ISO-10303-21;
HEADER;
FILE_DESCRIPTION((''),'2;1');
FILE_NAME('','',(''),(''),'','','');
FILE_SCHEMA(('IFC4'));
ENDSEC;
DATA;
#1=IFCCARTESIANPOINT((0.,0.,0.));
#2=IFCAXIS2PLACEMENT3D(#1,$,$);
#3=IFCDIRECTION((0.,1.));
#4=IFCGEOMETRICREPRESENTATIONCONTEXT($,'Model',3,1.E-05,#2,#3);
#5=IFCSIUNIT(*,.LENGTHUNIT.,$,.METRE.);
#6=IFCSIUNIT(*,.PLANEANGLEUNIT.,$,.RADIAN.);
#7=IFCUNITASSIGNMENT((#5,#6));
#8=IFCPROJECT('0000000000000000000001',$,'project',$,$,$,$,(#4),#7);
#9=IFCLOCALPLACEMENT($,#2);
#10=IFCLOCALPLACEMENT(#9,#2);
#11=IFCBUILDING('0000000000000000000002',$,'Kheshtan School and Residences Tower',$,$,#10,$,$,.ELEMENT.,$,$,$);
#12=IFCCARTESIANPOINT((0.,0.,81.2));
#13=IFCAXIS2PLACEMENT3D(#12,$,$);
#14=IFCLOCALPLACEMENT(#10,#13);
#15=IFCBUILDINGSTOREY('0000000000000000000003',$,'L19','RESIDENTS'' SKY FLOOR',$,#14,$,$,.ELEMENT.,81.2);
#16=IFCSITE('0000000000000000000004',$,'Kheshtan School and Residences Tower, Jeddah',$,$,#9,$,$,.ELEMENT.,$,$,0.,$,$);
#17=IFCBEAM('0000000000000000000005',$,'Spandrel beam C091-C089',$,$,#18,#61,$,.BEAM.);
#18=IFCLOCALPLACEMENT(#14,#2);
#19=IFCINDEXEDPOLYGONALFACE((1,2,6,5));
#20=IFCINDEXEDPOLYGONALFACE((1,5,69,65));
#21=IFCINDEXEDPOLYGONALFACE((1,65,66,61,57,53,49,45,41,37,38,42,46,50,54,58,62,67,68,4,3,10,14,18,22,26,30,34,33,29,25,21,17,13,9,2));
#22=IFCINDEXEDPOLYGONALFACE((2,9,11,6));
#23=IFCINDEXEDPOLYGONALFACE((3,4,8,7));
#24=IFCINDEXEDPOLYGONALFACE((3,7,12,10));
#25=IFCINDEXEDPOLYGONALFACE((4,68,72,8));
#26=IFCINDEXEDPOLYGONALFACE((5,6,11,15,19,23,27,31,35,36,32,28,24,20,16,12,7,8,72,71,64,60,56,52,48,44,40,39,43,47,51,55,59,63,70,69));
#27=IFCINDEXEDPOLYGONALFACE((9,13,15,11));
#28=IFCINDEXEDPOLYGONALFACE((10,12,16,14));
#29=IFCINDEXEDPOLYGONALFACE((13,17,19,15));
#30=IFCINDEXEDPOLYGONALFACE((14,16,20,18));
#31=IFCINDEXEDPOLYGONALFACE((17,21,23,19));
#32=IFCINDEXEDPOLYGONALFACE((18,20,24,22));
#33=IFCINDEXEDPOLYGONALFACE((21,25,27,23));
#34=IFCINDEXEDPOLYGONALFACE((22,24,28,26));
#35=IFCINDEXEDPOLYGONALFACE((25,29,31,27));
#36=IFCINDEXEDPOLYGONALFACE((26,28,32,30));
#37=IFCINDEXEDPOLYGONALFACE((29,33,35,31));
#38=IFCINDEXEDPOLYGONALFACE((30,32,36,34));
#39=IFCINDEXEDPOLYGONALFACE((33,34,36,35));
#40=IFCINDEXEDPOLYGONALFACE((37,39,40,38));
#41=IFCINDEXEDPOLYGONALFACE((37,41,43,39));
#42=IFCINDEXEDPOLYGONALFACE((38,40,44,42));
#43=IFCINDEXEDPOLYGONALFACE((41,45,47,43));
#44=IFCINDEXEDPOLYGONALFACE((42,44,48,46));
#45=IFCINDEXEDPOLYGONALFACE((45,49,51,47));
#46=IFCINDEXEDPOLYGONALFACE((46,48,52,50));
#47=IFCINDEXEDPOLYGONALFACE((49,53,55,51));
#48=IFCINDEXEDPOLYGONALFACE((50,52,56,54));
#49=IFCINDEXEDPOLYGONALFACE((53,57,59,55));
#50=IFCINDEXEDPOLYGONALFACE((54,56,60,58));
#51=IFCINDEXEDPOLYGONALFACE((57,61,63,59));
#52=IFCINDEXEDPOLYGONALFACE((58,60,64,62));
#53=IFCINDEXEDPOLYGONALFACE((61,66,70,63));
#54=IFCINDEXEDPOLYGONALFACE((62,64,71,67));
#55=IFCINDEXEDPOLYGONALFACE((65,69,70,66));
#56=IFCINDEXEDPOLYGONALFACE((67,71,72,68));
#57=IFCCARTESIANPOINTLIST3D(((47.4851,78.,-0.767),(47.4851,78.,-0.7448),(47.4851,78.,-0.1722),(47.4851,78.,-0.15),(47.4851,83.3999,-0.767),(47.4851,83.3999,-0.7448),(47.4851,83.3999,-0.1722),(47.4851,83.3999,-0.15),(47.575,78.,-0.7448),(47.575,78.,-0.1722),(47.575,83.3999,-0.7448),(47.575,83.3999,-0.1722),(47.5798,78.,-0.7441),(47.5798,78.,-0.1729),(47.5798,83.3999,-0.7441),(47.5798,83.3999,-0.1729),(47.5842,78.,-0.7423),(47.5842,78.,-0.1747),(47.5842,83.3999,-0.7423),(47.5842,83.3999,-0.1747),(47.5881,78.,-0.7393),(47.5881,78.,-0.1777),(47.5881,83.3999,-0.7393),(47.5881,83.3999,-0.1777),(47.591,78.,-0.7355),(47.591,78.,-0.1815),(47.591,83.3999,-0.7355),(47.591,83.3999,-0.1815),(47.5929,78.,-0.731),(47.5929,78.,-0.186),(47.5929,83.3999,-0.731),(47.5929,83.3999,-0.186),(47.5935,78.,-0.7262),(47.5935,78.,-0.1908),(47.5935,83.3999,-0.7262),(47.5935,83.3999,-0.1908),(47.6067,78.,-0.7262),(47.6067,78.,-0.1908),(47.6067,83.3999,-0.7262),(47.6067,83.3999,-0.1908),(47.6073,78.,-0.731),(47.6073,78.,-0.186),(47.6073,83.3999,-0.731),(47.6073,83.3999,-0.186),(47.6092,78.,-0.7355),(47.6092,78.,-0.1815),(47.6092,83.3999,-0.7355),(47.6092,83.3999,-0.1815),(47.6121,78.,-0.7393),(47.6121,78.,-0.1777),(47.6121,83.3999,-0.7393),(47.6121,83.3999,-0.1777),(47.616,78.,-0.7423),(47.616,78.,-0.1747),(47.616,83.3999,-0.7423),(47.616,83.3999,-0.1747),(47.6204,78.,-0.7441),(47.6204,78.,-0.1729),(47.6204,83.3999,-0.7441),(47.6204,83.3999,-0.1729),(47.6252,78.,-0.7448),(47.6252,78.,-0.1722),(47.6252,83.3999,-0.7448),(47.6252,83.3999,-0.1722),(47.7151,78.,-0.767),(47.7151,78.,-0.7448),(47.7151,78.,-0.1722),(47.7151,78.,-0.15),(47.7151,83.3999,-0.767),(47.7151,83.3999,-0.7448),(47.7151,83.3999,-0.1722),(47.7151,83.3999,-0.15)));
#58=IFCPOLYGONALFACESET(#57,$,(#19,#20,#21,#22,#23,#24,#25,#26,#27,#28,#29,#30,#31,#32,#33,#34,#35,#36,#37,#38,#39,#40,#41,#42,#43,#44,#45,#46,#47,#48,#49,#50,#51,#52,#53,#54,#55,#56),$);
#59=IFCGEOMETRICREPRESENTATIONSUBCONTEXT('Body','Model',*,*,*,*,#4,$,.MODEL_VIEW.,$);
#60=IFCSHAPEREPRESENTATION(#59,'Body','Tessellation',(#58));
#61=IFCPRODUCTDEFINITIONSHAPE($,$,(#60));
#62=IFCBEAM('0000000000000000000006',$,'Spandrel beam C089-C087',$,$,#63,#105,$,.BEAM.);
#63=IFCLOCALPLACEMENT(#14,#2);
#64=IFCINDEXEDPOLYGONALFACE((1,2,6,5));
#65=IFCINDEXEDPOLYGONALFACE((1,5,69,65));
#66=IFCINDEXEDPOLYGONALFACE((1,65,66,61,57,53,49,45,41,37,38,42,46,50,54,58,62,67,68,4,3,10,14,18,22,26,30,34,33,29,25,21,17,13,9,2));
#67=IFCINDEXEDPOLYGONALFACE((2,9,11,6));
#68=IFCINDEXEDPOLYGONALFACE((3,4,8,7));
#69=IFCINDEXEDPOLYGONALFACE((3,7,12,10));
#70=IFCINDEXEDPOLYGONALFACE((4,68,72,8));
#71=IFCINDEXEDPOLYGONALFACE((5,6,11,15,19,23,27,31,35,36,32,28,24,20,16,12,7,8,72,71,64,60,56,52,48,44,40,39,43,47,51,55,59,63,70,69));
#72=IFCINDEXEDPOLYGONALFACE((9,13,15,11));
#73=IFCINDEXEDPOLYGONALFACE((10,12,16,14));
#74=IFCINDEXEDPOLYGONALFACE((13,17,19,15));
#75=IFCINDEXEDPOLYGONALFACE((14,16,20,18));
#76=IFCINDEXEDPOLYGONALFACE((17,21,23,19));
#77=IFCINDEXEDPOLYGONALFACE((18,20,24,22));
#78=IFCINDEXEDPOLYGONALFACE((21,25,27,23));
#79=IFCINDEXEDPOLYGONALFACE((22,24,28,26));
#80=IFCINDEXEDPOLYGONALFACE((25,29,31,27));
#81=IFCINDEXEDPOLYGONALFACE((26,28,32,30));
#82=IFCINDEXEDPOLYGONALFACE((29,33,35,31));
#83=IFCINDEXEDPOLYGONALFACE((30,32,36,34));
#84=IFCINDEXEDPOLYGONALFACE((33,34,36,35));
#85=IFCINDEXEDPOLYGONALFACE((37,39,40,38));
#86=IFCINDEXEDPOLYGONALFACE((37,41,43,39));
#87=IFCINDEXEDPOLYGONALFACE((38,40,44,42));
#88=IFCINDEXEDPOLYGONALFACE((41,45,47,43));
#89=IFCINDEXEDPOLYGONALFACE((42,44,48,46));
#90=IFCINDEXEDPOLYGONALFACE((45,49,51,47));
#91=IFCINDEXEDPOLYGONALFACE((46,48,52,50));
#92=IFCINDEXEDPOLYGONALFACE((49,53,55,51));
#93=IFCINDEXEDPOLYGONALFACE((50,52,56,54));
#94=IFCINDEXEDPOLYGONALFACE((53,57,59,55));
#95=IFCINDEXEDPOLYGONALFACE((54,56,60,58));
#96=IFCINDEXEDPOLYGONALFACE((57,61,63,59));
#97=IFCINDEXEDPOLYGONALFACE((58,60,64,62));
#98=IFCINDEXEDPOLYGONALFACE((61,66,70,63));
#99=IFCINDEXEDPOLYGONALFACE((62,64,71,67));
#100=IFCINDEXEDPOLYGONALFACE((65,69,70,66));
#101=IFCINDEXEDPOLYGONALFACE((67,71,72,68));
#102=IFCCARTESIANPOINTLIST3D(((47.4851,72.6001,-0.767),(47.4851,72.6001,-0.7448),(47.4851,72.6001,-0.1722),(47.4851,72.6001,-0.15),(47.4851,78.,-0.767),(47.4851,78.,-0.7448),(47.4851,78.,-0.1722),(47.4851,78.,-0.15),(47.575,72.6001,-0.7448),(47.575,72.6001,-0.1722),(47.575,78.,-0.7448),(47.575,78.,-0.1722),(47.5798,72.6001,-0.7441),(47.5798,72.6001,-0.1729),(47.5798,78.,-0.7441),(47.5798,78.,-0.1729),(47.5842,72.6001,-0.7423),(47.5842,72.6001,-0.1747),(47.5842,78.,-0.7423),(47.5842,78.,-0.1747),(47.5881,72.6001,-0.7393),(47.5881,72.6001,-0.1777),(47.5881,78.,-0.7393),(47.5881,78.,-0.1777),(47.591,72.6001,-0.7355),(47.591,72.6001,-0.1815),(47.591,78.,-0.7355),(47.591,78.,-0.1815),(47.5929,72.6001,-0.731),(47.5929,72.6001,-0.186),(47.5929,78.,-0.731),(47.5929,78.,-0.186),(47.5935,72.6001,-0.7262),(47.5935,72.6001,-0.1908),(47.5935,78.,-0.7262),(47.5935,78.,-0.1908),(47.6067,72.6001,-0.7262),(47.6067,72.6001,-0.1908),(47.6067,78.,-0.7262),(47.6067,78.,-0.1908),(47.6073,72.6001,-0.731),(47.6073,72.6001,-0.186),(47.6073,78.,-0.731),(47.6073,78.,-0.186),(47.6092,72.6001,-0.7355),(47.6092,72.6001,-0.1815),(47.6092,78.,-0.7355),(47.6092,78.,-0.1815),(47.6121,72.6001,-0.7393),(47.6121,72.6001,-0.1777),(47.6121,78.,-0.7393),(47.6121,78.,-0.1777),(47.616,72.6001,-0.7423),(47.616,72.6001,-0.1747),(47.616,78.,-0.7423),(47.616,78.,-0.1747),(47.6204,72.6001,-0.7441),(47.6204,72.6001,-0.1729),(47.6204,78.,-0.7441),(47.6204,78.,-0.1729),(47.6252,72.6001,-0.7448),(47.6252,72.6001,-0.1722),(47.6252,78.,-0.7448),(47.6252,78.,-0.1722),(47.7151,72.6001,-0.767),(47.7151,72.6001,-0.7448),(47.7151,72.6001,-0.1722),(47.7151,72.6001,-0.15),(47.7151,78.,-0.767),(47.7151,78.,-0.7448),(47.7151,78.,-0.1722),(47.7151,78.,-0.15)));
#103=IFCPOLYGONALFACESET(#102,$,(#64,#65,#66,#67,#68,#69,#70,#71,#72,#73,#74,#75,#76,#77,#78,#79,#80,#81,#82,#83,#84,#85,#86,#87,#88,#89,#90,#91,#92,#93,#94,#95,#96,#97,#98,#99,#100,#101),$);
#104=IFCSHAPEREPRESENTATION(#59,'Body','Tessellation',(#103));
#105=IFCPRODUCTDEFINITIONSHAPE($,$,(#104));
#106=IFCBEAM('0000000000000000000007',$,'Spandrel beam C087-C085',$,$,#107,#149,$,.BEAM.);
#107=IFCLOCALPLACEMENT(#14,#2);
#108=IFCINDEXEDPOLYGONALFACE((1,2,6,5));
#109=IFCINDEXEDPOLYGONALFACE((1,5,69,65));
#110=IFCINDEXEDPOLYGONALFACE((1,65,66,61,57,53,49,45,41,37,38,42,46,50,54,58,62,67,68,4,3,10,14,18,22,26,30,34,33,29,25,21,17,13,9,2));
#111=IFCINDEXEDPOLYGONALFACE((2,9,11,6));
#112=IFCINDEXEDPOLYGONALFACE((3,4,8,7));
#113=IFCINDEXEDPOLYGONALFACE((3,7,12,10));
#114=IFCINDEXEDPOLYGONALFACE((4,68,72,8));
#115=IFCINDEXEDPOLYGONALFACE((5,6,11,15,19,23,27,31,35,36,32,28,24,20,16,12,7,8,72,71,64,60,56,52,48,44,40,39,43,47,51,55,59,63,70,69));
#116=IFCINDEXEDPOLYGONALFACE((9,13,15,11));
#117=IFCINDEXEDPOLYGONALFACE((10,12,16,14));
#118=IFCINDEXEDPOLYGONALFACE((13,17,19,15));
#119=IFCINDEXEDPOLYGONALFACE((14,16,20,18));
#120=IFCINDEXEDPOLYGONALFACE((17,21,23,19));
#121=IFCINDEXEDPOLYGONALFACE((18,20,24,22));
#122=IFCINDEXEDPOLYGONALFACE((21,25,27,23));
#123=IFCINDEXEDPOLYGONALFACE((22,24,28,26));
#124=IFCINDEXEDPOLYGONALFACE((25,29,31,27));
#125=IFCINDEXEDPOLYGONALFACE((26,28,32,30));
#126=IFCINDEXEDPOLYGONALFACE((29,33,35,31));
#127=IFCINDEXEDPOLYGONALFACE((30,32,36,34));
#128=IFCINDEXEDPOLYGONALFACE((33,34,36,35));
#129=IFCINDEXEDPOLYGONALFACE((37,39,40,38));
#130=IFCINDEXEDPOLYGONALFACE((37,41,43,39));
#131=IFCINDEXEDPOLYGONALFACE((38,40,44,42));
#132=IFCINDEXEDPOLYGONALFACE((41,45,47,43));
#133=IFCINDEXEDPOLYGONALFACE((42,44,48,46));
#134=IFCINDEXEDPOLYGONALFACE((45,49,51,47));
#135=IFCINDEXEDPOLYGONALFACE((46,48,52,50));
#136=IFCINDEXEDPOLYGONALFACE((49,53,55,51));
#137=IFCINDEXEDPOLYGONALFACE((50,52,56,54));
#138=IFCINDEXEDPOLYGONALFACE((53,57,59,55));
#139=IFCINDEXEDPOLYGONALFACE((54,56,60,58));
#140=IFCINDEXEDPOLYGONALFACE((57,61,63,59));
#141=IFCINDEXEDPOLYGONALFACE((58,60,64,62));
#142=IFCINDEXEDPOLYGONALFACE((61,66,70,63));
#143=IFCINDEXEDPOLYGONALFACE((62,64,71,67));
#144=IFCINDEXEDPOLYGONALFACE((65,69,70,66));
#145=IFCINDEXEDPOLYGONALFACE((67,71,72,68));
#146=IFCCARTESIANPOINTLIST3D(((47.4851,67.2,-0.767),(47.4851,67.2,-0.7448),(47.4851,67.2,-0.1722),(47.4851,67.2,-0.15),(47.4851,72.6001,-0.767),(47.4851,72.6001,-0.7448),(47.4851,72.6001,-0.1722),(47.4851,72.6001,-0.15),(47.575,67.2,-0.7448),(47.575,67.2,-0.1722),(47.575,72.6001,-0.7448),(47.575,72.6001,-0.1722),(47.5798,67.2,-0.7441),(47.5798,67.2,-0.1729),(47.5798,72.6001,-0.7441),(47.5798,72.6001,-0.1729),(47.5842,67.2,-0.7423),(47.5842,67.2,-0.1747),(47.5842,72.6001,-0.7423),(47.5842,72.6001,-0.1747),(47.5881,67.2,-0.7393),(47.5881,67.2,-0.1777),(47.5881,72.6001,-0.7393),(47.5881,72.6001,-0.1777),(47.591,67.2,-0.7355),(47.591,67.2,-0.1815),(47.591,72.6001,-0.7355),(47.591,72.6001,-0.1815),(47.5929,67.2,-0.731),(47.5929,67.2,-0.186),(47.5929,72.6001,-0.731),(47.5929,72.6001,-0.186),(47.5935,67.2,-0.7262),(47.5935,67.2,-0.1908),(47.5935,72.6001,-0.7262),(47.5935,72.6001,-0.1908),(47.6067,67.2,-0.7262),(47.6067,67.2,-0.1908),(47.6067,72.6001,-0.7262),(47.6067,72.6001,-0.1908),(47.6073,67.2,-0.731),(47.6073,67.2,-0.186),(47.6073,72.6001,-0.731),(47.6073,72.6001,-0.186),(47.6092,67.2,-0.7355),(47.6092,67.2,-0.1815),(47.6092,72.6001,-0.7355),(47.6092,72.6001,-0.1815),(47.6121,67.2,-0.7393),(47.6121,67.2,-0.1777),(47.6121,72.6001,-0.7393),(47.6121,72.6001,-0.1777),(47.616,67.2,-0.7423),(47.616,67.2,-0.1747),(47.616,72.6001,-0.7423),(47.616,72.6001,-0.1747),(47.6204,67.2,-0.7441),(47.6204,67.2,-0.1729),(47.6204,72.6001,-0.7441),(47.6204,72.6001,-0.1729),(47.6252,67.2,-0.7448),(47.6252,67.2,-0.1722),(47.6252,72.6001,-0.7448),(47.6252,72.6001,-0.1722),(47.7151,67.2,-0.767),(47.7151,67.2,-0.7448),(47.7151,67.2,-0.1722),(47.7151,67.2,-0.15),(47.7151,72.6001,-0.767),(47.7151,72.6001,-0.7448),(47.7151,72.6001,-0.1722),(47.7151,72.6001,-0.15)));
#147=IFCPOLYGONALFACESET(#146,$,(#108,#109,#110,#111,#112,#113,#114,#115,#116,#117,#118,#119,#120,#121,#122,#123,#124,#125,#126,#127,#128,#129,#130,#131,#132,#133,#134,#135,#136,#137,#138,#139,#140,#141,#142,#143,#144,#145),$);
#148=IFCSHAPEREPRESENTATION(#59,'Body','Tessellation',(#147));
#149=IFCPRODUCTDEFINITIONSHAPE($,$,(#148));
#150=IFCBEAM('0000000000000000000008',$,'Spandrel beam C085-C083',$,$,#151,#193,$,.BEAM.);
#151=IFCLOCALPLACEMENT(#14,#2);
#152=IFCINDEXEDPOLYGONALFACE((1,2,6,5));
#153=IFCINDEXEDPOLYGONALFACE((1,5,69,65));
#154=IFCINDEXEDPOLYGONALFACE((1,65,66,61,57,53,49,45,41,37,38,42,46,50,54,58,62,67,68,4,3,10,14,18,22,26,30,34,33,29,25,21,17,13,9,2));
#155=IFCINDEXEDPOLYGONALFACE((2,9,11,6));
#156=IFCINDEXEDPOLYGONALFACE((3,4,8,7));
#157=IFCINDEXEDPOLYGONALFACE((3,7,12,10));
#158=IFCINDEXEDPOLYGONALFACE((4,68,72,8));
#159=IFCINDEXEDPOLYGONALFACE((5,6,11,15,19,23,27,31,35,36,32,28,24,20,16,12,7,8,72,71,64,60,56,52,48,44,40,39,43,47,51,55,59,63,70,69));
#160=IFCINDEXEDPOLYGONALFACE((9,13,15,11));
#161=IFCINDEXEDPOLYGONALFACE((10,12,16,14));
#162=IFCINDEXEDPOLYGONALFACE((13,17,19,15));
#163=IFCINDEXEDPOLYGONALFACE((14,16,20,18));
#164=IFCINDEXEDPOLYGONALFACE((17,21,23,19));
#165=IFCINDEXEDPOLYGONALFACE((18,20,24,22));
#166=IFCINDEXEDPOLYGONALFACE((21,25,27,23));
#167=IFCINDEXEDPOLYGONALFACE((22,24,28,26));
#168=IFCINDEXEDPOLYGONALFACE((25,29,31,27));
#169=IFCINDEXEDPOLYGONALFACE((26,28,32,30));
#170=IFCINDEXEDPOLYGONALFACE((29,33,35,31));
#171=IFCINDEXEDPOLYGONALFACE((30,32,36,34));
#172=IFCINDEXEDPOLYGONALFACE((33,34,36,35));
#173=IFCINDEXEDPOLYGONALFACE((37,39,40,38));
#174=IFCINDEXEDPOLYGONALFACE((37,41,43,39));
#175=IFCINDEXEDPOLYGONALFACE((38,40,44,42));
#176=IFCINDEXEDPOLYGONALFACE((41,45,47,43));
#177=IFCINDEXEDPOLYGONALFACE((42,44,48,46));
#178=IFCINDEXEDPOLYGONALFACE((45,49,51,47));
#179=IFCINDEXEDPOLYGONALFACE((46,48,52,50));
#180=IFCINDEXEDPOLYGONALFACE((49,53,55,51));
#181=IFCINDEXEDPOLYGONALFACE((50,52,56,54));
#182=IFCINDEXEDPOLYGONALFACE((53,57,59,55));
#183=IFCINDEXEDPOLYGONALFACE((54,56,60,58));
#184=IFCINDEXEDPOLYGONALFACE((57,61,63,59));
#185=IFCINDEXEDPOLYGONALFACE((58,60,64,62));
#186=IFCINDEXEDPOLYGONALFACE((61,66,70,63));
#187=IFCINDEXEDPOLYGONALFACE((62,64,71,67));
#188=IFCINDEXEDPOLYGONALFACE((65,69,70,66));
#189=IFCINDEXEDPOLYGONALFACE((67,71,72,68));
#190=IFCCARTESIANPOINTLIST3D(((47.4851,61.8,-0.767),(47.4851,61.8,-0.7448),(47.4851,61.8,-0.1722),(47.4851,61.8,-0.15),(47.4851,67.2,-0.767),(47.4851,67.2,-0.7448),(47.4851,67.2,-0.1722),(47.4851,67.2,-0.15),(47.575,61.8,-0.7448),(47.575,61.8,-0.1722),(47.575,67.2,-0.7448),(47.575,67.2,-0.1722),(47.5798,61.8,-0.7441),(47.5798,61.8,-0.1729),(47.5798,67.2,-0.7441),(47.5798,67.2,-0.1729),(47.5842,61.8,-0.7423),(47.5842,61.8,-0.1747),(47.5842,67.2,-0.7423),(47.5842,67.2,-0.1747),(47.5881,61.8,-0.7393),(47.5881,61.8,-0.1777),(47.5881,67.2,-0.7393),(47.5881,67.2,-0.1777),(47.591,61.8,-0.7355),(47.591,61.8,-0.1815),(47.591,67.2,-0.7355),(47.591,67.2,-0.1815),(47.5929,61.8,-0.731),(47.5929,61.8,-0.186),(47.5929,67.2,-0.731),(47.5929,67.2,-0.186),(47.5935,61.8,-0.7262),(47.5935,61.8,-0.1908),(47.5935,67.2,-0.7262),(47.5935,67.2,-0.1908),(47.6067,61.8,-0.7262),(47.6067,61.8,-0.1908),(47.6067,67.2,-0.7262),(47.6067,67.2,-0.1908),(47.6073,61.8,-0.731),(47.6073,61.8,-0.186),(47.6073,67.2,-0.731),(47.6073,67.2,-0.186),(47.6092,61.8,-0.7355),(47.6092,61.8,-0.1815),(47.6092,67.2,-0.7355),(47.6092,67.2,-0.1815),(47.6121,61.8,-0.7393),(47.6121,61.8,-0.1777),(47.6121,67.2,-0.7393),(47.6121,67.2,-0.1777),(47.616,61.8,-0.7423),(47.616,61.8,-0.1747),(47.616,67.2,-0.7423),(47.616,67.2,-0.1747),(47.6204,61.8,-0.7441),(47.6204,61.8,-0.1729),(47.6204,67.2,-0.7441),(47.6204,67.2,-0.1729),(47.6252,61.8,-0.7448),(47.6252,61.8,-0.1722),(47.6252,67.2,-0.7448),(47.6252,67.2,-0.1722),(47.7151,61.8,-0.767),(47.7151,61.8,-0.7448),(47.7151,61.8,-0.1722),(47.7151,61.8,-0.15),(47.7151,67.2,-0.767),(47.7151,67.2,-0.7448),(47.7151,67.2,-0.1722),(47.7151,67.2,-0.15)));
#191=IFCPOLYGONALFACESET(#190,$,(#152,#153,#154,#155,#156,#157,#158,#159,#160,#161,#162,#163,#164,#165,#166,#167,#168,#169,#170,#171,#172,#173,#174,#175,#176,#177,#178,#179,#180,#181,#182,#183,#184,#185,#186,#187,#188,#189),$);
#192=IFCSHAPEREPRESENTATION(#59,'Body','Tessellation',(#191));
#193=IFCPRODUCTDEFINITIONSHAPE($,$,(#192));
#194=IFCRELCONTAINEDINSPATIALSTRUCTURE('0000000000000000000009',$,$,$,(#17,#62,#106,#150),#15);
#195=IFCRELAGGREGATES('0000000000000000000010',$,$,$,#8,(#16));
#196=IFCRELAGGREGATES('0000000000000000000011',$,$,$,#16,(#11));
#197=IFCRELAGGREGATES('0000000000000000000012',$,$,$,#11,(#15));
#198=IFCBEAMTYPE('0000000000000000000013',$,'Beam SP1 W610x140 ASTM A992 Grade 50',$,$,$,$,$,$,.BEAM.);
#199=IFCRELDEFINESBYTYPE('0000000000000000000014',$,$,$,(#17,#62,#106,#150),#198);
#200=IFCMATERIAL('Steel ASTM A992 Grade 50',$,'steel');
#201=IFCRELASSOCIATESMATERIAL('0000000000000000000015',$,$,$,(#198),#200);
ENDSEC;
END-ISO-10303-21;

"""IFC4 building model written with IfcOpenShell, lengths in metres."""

from ifc_helpers import new_model, si_unit, direction, frame, origin, origin_2d, place, context, subcontext, project, spatial, i_section, extrude, material, material_profile, profile_set, type_object, element, save


model = new_model("IFC4")

# Units and contexts
model_context = context("Model", 3, precision=1e-05, world=origin(), true_north=direction((0.0, 1.0)))
body_context = subcontext(model_context, "Body", "Model", "MODEL_VIEW")
ifc_project = project(units=[si_unit("LENGTHUNIT", "METRE"), si_unit("PLANEANGLEUNIT", "RADIAN")], contexts=[model_context])

# Site, building, storey
site_placement = place(None, origin())
site = spatial("IfcSite", under=ifc_project, at=site_placement, Name="Kheshtan School and Residences Tower, Jeddah", CompositionType="ELEMENT", RefElevation=0.0)
building_placement = place(site_placement, origin())
building = spatial("IfcBuilding", under=site, at=building_placement, Name="Kheshtan School and Residences Tower", CompositionType="ELEMENT")
storey_placement = place(building_placement, frame((0.0, 0.0, 81.2)))
storey = spatial("IfcBuildingStorey", under=building, at=storey_placement, Name="L19", Description="RESIDENTS' SKY FLOOR", CompositionType="ELEMENT", Elevation=81.2)

# Shared definitions
ifc_material_1 = material(Name="Steel ASTM A992 Grade 50", Category="steel")

# Beams
ifc_material_profile_1 = material_profile(ifc_material_1, i_section(OverallWidth=0.23, OverallDepth=0.6169, WebThickness=0.0132, FlangeThickness=0.0222, FilletRadius=0.0186, at=origin_2d()), Name="W610x140")
ifc_profile_set_1 = profile_set([ifc_material_profile_1], Name="Steel ASTM A992 Grade 50")
beam_type_1 = type_object("IfcBeamType", Name="Beam SP1 W610x140 ASTM A992 Grade 50", PredefinedType="BEAM", material=ifc_profile_set_1)
for number, where, z_axis, x_axis, name in (
    (1, (47.6001, 83.3999, -0.4585), (0.0, -1.0, 0.0), (1.0, 0.0, 0.0), "Spandrel beam C091-C089"),
    (2, (47.6001, 78.0, -0.4585), (0.0, -1.0, 0.0), (1.0, 0.0, 0.0), "Spandrel beam C089-C087"),
):
    element("IfcBeam", number, at=place(storey_placement, frame(where, z_axis=z_axis, x_axis=x_axis)), inside=storey, type_object=beam_type_1, Name=name, PredefinedType="BEAM", context=body_context, shape_type="SweptSolid", body=[
        extrude(i_section(OverallWidth=0.23, OverallDepth=0.6169, WebThickness=0.0132, FlangeThickness=0.0222, FilletRadius=0.0186, at=origin_2d()), origin(), (0.0, 0.0, 1.0), 5.3999),
    ])
beam_1_placement = place(storey_placement, frame((47.6001, 72.6001, -0.4585), z_axis=(0.0, -1.0, 0.0), x_axis=(1.0, 0.0, 0.0)))
element("IfcBeam", 3, at=beam_1_placement, inside=storey, type_object=beam_type_1, Name="Spandrel beam C087-C085", PredefinedType="BEAM", context=body_context, shape_type="SweptSolid", body=[
    extrude(i_section(OverallWidth=0.23, OverallDepth=0.6169, WebThickness=0.0132, FlangeThickness=0.0222, FilletRadius=0.0186, at=origin_2d()), origin(), (0.0, 0.0, 1.0), 5.4001),
])
beam_2_placement = place(storey_placement, frame((47.6001, 67.2, -0.4585), z_axis=(0.0, -1.0, 0.0), x_axis=(1.0, 0.0, 0.0)))
element("IfcBeam", 4, at=beam_2_placement, inside=storey, type_object=beam_type_1, Name="Spandrel beam C085-C083", PredefinedType="BEAM", context=body_context, shape_type="SweptSolid", body=[
    extrude(i_section(OverallWidth=0.23, OverallDepth=0.6169, WebThickness=0.0132, FlangeThickness=0.0222, FilletRadius=0.0186, at=origin_2d()), origin(), (0.0, 0.0, 1.0), 5.3999),
])

save(model, "model.ifc")
